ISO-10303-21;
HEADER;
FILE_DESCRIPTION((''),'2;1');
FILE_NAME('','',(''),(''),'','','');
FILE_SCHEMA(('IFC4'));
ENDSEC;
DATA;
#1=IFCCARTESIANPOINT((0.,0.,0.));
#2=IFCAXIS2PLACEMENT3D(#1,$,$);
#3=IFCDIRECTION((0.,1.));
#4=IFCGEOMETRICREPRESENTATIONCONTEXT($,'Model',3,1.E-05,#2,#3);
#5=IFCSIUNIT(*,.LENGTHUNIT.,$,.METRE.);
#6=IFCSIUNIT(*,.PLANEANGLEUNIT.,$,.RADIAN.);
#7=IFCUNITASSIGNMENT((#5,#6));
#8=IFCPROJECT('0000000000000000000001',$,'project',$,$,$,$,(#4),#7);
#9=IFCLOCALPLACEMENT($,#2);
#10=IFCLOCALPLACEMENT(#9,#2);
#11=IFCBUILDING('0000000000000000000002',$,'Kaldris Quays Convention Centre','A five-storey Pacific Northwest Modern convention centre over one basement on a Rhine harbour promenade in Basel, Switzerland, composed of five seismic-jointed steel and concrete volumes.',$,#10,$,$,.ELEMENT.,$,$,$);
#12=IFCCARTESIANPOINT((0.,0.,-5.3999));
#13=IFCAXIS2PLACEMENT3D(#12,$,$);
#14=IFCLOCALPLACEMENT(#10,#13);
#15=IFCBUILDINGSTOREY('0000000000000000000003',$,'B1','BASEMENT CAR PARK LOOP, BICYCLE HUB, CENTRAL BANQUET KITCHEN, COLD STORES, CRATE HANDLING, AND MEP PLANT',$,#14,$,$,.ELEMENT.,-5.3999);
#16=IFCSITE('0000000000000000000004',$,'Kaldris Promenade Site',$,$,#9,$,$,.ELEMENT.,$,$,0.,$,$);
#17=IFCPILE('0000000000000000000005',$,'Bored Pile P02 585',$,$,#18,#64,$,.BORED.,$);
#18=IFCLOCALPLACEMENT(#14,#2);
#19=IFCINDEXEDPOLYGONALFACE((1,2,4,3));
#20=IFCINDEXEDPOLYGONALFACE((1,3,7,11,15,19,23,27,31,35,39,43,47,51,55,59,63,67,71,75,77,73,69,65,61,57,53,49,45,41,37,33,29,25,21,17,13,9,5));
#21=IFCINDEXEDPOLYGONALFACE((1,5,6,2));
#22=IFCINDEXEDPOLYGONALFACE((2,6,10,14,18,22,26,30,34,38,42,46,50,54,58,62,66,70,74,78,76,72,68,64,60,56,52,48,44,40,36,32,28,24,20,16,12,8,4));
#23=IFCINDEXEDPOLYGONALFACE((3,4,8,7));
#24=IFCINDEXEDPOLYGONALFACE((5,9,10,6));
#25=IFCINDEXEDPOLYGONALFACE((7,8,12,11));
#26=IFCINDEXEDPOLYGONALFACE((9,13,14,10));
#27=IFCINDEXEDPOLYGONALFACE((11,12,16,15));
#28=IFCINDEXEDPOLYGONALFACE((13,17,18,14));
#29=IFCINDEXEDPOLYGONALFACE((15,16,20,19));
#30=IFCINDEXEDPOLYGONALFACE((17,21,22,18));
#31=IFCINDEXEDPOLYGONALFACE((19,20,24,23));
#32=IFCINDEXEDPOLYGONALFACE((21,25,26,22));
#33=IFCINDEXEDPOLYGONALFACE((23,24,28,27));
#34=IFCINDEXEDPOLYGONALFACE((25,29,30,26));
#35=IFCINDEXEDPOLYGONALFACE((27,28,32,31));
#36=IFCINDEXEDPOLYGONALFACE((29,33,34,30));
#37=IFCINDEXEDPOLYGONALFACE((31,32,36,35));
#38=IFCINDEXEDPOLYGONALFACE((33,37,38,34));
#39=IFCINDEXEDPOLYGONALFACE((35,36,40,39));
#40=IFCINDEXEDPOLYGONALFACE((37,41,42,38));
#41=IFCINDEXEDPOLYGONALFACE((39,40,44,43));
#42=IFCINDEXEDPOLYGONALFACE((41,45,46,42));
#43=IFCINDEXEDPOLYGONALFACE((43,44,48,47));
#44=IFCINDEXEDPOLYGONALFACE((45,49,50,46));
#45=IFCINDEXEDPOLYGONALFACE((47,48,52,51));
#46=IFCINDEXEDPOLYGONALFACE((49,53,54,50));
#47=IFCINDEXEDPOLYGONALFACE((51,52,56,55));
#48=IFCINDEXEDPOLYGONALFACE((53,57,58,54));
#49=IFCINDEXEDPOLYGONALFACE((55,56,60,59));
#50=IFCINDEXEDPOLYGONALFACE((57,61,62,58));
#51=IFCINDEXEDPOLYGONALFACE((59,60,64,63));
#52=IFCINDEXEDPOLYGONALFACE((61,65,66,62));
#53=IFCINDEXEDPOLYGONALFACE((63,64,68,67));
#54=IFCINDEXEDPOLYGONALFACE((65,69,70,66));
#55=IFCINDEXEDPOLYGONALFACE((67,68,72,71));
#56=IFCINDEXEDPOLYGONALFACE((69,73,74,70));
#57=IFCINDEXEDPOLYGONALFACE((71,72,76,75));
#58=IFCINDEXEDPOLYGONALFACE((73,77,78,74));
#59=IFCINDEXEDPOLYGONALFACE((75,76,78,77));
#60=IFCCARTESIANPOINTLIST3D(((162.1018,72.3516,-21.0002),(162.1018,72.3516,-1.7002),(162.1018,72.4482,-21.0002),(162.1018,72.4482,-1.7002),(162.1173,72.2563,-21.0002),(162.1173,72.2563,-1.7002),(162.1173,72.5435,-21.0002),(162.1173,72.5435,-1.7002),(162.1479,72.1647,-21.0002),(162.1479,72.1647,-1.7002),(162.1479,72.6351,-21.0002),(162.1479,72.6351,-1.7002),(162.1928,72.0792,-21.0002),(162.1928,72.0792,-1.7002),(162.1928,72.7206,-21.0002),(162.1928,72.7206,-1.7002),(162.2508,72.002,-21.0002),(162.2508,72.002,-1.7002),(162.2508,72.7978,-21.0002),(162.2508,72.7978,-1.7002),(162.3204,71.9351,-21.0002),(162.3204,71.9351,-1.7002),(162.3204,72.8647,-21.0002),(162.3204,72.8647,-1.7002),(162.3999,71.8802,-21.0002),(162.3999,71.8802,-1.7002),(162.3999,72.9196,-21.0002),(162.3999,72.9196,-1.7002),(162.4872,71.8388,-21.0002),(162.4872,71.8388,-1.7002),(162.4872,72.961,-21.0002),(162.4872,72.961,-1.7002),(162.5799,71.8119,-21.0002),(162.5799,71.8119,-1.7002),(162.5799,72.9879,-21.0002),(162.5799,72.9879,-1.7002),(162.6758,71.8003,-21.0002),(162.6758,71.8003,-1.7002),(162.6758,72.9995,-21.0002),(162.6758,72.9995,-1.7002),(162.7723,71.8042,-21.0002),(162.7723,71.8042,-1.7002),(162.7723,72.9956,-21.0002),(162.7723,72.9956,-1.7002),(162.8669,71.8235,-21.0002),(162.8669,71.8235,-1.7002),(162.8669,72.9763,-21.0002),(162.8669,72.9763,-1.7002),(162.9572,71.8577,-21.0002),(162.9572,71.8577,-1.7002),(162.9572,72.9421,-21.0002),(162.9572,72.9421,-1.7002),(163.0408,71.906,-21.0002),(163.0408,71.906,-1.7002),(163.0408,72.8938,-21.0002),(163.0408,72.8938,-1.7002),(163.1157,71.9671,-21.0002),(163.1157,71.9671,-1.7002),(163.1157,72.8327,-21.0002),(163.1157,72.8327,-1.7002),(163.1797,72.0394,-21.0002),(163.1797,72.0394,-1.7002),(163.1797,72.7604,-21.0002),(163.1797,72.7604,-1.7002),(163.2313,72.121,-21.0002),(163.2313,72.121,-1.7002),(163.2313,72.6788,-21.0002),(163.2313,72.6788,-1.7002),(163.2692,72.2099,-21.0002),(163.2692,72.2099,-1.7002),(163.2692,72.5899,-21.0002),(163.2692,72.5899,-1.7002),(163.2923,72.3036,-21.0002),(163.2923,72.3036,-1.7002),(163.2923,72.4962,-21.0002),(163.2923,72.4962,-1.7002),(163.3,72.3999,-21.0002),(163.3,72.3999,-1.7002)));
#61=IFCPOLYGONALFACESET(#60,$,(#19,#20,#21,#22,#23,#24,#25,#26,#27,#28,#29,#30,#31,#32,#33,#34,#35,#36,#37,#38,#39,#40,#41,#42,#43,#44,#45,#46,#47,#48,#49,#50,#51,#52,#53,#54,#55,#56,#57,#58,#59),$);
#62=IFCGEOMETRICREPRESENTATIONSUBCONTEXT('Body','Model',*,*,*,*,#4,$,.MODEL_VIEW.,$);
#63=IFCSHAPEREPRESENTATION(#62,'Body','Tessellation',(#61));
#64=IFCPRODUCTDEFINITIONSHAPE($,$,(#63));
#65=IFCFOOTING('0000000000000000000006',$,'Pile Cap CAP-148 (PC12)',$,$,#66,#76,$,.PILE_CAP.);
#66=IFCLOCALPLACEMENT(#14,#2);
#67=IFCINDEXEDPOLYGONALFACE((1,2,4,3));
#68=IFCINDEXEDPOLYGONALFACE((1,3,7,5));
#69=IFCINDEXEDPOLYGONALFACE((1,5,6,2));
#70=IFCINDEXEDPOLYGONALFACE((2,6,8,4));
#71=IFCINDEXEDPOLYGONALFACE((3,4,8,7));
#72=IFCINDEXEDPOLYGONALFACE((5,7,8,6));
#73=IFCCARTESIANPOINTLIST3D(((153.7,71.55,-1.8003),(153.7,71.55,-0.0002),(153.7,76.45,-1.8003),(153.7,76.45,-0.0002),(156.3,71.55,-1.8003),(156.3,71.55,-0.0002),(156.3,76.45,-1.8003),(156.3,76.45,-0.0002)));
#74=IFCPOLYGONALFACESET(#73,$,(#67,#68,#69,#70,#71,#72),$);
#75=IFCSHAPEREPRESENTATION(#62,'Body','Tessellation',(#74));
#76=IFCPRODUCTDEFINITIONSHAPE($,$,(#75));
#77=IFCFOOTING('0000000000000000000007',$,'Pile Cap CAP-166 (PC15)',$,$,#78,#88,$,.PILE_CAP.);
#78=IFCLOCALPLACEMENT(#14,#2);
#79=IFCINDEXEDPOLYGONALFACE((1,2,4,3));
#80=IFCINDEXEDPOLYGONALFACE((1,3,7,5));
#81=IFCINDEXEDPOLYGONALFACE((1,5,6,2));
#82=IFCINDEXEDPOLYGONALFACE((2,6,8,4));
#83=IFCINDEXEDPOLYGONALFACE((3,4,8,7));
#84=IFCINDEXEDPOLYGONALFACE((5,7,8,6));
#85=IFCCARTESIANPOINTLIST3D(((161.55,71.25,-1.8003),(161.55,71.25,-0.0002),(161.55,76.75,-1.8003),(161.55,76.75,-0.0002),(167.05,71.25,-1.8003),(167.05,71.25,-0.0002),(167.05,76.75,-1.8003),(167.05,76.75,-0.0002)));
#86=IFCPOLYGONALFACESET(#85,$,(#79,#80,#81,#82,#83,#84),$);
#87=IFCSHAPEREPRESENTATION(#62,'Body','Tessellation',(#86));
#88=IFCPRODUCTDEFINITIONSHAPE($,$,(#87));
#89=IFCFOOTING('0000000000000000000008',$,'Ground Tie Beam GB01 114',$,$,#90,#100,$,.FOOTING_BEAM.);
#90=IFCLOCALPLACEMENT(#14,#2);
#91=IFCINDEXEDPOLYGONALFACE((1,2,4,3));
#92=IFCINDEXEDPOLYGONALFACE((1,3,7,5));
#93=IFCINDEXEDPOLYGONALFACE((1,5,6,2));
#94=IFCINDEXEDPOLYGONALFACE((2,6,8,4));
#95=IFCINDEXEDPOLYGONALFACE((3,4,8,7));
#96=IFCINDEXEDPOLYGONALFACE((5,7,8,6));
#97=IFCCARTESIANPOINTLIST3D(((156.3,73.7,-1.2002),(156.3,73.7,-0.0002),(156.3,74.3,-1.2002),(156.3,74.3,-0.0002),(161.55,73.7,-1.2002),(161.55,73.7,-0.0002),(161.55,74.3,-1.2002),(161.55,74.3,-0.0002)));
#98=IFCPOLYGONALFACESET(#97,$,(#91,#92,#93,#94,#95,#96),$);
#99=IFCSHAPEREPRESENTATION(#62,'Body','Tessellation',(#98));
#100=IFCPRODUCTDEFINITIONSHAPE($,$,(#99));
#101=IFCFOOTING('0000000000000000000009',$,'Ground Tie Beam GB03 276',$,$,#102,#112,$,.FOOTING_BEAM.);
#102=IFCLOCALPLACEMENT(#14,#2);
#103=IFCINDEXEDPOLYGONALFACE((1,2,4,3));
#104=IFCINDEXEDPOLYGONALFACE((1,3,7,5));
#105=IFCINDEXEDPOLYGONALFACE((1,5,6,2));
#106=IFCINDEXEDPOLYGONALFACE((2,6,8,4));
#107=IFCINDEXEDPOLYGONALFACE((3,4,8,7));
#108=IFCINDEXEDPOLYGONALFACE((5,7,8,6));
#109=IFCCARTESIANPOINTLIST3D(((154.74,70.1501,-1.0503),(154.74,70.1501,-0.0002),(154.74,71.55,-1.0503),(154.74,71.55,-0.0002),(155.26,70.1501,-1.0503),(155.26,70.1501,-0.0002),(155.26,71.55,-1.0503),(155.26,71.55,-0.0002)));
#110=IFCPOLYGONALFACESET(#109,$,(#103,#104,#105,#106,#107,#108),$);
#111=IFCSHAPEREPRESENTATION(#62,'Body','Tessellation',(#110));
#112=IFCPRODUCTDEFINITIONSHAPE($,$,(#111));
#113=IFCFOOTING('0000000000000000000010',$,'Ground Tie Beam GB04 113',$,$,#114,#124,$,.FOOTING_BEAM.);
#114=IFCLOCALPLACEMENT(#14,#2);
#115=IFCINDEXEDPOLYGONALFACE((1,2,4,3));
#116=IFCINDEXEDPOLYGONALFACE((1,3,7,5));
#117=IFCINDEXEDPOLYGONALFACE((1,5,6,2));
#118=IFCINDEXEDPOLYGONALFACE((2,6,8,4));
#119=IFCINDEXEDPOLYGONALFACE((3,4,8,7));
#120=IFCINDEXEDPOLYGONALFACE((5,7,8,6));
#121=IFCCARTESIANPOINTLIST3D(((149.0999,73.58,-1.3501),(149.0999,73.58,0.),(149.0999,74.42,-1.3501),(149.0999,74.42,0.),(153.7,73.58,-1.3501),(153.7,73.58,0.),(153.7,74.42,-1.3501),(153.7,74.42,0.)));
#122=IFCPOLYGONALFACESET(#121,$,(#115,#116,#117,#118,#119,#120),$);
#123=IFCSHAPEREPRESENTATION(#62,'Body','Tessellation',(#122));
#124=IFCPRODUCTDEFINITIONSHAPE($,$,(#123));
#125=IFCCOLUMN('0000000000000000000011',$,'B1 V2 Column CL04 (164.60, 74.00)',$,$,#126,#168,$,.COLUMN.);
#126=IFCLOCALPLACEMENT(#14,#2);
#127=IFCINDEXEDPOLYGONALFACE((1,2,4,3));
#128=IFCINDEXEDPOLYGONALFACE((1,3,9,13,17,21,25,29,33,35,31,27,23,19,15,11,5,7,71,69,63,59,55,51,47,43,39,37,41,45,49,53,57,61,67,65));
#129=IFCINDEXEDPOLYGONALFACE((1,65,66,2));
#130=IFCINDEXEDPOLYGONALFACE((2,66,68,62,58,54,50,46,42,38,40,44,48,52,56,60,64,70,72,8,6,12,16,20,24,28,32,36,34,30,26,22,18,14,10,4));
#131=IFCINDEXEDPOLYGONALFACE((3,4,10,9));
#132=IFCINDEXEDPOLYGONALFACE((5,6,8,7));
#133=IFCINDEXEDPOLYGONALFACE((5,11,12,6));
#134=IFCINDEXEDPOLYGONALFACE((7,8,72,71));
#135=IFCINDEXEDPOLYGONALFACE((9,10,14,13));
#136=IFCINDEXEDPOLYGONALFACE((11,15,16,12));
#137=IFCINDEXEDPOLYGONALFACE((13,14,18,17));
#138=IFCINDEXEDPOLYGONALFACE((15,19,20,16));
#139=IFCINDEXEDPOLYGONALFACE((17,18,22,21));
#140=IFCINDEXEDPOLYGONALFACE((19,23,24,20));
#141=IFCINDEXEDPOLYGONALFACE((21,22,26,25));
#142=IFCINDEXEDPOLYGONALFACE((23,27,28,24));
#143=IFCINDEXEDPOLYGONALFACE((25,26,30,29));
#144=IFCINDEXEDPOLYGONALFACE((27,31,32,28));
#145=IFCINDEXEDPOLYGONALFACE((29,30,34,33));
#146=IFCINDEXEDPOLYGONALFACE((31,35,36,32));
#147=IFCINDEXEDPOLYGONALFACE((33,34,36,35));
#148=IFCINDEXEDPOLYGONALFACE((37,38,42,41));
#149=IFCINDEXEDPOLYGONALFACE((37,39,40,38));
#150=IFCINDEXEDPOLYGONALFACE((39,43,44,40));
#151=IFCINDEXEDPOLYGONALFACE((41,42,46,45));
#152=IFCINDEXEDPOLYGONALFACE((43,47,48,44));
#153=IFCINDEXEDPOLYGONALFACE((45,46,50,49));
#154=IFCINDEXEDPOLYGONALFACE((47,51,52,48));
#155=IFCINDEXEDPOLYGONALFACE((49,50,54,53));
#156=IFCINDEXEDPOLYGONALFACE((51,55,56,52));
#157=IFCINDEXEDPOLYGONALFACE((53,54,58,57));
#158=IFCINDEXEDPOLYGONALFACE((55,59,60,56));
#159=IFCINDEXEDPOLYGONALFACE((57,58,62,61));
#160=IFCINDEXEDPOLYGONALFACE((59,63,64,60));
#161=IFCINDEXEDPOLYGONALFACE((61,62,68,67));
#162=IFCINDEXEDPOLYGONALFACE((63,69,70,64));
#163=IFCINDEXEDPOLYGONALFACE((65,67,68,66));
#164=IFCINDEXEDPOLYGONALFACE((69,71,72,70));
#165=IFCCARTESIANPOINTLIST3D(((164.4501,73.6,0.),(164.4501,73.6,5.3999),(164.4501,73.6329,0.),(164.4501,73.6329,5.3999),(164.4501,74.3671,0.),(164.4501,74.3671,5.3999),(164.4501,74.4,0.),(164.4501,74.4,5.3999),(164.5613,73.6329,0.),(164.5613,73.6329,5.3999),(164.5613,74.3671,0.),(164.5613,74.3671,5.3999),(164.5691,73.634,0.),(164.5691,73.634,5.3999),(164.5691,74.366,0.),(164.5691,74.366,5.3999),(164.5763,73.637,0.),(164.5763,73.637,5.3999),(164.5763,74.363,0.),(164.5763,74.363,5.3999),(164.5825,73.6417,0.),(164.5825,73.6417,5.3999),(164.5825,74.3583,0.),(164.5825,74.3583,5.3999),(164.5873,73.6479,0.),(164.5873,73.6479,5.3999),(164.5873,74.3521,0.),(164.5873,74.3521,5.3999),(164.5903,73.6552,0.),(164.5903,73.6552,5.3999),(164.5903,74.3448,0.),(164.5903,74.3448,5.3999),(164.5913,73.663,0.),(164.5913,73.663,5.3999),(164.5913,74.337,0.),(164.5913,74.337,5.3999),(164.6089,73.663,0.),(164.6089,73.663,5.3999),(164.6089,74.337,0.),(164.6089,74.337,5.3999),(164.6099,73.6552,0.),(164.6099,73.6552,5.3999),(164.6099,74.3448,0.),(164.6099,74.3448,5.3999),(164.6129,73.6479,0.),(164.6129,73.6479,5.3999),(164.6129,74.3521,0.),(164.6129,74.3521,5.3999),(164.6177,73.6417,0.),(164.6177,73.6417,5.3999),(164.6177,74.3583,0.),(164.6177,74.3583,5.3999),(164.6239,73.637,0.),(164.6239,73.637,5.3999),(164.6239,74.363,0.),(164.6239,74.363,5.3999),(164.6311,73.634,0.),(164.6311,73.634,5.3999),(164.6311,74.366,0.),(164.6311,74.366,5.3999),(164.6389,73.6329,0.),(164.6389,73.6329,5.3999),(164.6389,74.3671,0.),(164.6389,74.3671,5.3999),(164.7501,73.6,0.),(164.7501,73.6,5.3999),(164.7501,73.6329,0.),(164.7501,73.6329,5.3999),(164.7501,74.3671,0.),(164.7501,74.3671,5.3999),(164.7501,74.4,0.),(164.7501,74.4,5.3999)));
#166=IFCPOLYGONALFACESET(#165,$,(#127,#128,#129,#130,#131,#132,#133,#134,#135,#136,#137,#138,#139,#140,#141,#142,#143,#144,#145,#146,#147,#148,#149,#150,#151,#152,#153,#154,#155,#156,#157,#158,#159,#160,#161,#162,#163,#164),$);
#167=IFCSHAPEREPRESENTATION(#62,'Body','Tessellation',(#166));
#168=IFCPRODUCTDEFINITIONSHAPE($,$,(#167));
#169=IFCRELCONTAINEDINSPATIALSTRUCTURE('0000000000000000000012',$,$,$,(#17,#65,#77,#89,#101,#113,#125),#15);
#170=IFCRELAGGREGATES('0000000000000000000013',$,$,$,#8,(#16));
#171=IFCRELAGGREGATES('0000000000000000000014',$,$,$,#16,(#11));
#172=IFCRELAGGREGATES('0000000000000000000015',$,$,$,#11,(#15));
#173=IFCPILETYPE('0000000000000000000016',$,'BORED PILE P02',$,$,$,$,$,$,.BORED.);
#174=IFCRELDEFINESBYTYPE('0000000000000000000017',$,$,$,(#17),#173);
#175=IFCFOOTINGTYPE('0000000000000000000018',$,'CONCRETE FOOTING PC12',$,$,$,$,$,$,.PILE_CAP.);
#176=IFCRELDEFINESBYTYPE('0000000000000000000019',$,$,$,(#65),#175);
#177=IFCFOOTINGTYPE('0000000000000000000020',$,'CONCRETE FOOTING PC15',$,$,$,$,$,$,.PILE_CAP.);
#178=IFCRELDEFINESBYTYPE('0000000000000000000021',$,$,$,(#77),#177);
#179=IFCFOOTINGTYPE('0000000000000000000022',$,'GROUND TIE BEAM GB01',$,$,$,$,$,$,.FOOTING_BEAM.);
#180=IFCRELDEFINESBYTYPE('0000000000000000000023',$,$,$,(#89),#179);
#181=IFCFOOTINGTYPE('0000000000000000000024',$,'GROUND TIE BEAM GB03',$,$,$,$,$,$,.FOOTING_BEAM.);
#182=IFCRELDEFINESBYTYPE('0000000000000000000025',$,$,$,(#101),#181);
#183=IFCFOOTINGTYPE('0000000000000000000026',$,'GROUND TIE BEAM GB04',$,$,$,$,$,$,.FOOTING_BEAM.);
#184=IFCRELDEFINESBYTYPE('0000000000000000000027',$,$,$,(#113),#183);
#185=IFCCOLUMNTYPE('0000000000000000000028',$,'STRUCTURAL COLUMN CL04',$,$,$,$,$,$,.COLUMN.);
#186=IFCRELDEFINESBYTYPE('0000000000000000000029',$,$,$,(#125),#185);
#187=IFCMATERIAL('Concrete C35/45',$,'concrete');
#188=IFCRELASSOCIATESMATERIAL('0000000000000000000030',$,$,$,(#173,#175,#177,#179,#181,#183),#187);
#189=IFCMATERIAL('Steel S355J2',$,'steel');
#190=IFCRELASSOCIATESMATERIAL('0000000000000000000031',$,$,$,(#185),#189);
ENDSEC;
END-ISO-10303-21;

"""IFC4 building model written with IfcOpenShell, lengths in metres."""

from ifc_helpers import new_model, si_unit, direction, frame, origin, origin_2d, place, context, subcontext, project, spatial, rectangle, circle, i_section, extrude, material, material_profile, profile_set, type_object, element, save


model = new_model("IFC4")

# Units and contexts
model_context = context("Model", 3, precision=1e-05, world=origin(), true_north=direction((0.0, 1.0)))
body_context = subcontext(model_context, "Body", "Model", "MODEL_VIEW")
ifc_project = project(units=[si_unit("LENGTHUNIT", "METRE"), si_unit("PLANEANGLEUNIT", "RADIAN")], contexts=[model_context])

# Site, building, storey
site_placement = place(None, origin())
site = spatial("IfcSite", under=ifc_project, at=site_placement, Name="Kaldris Promenade Site", CompositionType="ELEMENT", RefElevation=0.0)
building_placement = place(site_placement, origin())
building = spatial("IfcBuilding", under=site, at=building_placement, Name="Kaldris Quays Convention Centre", Description="A five-storey Pacific Northwest Modern convention centre over one basement on a Rhine harbour promenade in Basel, Switzerland, composed of five seismic-jointed steel and concrete volumes.", CompositionType="ELEMENT")
storey_placement = place(building_placement, frame((0.0, 0.0, -5.3999)))
storey = spatial("IfcBuildingStorey", under=building, at=storey_placement, Name="B1", Description="BASEMENT CAR PARK LOOP, BICYCLE HUB, CENTRAL BANQUET KITCHEN, COLD STORES, CRATE HANDLING, AND MEP PLANT", CompositionType="ELEMENT", Elevation=-5.3999)

# Pile
ifc_material_1 = material(Name="Concrete C35/45", Category="concrete")
ifc_material_profile_1 = material_profile(ifc_material_1, circle(Radius=0.6001, at=origin_2d()), Name="BORED PILE D1200")
ifc_profile_set_1 = profile_set([ifc_material_profile_1], Name="Concrete C35/45")
pile_type_1 = type_object("IfcPileType", Name="BORED PILE P02", PredefinedType="BORED", material=ifc_profile_set_1)
for number, where, z_axis, x_axis, name in (
    (1, (162.7, 72.3999, -1.7002), (0.0, 0.0, -1.0), (1.0, 0.0, 0.0), "Bored Pile P02 585"),
):
    element("IfcPile", number, at=place(storey_placement, frame(where, z_axis=z_axis, x_axis=x_axis)), inside=storey, type_object=pile_type_1, Name=name, PredefinedType="BORED", context=body_context, shape_type="SweptSolid", body=[
        extrude(circle(Radius=0.6001, at=origin_2d()), origin(), (0.0, 0.0, 1.0), 19.3),
    ])

# Footings
footing_type_1 = type_object("IfcFootingType", Name="CONCRETE FOOTING PC12", PredefinedType="PILE_CAP", material=ifc_material_1)
footing_1_placement = place(storey_placement, frame((155.0, 74.0, -1.8003), z_axis=(0.0, 0.0, 1.0), x_axis=(1.0, 0.0, 0.0)))
element("IfcFooting", 2, at=footing_1_placement, inside=storey, type_object=footing_type_1, Name="Pile Cap CAP-148 (PC12)", PredefinedType="PILE_CAP", context=body_context, shape_type="SweptSolid", body=[
    extrude(rectangle(XDim=2.6001, YDim=4.8999, at=origin_2d()), origin(), (0.0, 0.0, 1.0), 1.8),
])
footing_type_2 = type_object("IfcFootingType", Name="CONCRETE FOOTING PC15", PredefinedType="PILE_CAP", material=ifc_material_1)
footing_2_placement = place(storey_placement, frame((164.3, 74.0, -1.8003), z_axis=(0.0, 0.0, 1.0), x_axis=(1.0, 0.0, 0.0)))
element("IfcFooting", 3, at=footing_2_placement, inside=storey, type_object=footing_type_2, Name="Pile Cap CAP-166 (PC15)", PredefinedType="PILE_CAP", context=body_context, shape_type="SweptSolid", body=[
    extrude(rectangle(XDim=5.5, YDim=5.5, at=origin_2d()), origin(), (0.0, 0.0, 1.0), 1.8),
])
footing_type_3 = type_object("IfcFootingType", Name="GROUND TIE BEAM GB01", PredefinedType="FOOTING_BEAM", material=ifc_material_1)
footing_3_placement = place(storey_placement, frame((158.925, 74.0, -1.2002), z_axis=(0.0, 0.0, 1.0), x_axis=(1.0, 0.0, 0.0)))
element("IfcFooting", 4, at=footing_3_placement, inside=storey, type_object=footing_type_3, Name="Ground Tie Beam GB01 114", PredefinedType="FOOTING_BEAM", context=body_context, shape_type="SweptSolid", body=[
    extrude(rectangle(XDim=5.25, YDim=0.6001, at=origin_2d()), origin(), (0.0, 0.0, 1.0), 1.2),
])
footing_type_4 = type_object("IfcFootingType", Name="GROUND TIE BEAM GB03", PredefinedType="FOOTING_BEAM", material=ifc_material_1)
footing_4_placement = place(storey_placement, frame((155.0, 70.8501, -1.0503), z_axis=(0.0, 0.0, 1.0), x_axis=(1.0, 0.0, 0.0)))
element("IfcFooting", 5, at=footing_4_placement, inside=storey, type_object=footing_type_4, Name="Ground Tie Beam GB03 276", PredefinedType="FOOTING_BEAM", context=body_context, shape_type="SweptSolid", body=[
    extrude(rectangle(XDim=0.52, YDim=1.3999, at=origin_2d()), origin(), (0.0, 0.0, 1.0), 1.05),
])
footing_type_5 = type_object("IfcFootingType", Name="GROUND TIE BEAM GB04", PredefinedType="FOOTING_BEAM", material=ifc_material_1)
footing_5_placement = place(storey_placement, frame((151.3999, 74.0, -1.3501), z_axis=(0.0, 0.0, 1.0), x_axis=(1.0, 0.0, 0.0)))
element("IfcFooting", 6, at=footing_5_placement, inside=storey, type_object=footing_type_5, Name="Ground Tie Beam GB04 113", PredefinedType="FOOTING_BEAM", context=body_context, shape_type="SweptSolid", body=[
    extrude(rectangle(XDim=4.6001, YDim=0.8401, at=origin_2d()), origin(), (0.0, 0.0, 1.0), 1.3501),
])

# Column
ifc_material_2 = material(Name="Steel S355J2", Category="steel")
ifc_material_profile_2 = material_profile(ifc_material_2, i_section(OverallWidth=0.3, OverallDepth=0.8, WebThickness=0.0176, FlangeThickness=0.033, FilletRadius=0.03, at=origin_2d()), Name="HEB 800")
ifc_profile_set_2 = profile_set([ifc_material_profile_2], Name="Steel S355J2")
column_type_1 = type_object("IfcColumnType", Name="STRUCTURAL COLUMN CL04", PredefinedType="COLUMN", material=ifc_profile_set_2)
column_placement = place(storey_placement, frame((164.6001, 74.0, 0.0), z_axis=(0.0, 0.0, 1.0), x_axis=(1.0, 0.0, 0.0)))
element("IfcColumn", 7, at=column_placement, inside=storey, type_object=column_type_1, Name="B1 V2 Column CL04 (164.60, 74.00)", PredefinedType="COLUMN", context=body_context, shape_type="SweptSolid", body=[
    extrude(i_section(OverallWidth=0.3, OverallDepth=0.8, WebThickness=0.0176, FlangeThickness=0.033, FilletRadius=0.03, at=origin_2d()), origin(), (0.0, 0.0, 1.0), 5.3999),
])

save(model, "model.ifc")
